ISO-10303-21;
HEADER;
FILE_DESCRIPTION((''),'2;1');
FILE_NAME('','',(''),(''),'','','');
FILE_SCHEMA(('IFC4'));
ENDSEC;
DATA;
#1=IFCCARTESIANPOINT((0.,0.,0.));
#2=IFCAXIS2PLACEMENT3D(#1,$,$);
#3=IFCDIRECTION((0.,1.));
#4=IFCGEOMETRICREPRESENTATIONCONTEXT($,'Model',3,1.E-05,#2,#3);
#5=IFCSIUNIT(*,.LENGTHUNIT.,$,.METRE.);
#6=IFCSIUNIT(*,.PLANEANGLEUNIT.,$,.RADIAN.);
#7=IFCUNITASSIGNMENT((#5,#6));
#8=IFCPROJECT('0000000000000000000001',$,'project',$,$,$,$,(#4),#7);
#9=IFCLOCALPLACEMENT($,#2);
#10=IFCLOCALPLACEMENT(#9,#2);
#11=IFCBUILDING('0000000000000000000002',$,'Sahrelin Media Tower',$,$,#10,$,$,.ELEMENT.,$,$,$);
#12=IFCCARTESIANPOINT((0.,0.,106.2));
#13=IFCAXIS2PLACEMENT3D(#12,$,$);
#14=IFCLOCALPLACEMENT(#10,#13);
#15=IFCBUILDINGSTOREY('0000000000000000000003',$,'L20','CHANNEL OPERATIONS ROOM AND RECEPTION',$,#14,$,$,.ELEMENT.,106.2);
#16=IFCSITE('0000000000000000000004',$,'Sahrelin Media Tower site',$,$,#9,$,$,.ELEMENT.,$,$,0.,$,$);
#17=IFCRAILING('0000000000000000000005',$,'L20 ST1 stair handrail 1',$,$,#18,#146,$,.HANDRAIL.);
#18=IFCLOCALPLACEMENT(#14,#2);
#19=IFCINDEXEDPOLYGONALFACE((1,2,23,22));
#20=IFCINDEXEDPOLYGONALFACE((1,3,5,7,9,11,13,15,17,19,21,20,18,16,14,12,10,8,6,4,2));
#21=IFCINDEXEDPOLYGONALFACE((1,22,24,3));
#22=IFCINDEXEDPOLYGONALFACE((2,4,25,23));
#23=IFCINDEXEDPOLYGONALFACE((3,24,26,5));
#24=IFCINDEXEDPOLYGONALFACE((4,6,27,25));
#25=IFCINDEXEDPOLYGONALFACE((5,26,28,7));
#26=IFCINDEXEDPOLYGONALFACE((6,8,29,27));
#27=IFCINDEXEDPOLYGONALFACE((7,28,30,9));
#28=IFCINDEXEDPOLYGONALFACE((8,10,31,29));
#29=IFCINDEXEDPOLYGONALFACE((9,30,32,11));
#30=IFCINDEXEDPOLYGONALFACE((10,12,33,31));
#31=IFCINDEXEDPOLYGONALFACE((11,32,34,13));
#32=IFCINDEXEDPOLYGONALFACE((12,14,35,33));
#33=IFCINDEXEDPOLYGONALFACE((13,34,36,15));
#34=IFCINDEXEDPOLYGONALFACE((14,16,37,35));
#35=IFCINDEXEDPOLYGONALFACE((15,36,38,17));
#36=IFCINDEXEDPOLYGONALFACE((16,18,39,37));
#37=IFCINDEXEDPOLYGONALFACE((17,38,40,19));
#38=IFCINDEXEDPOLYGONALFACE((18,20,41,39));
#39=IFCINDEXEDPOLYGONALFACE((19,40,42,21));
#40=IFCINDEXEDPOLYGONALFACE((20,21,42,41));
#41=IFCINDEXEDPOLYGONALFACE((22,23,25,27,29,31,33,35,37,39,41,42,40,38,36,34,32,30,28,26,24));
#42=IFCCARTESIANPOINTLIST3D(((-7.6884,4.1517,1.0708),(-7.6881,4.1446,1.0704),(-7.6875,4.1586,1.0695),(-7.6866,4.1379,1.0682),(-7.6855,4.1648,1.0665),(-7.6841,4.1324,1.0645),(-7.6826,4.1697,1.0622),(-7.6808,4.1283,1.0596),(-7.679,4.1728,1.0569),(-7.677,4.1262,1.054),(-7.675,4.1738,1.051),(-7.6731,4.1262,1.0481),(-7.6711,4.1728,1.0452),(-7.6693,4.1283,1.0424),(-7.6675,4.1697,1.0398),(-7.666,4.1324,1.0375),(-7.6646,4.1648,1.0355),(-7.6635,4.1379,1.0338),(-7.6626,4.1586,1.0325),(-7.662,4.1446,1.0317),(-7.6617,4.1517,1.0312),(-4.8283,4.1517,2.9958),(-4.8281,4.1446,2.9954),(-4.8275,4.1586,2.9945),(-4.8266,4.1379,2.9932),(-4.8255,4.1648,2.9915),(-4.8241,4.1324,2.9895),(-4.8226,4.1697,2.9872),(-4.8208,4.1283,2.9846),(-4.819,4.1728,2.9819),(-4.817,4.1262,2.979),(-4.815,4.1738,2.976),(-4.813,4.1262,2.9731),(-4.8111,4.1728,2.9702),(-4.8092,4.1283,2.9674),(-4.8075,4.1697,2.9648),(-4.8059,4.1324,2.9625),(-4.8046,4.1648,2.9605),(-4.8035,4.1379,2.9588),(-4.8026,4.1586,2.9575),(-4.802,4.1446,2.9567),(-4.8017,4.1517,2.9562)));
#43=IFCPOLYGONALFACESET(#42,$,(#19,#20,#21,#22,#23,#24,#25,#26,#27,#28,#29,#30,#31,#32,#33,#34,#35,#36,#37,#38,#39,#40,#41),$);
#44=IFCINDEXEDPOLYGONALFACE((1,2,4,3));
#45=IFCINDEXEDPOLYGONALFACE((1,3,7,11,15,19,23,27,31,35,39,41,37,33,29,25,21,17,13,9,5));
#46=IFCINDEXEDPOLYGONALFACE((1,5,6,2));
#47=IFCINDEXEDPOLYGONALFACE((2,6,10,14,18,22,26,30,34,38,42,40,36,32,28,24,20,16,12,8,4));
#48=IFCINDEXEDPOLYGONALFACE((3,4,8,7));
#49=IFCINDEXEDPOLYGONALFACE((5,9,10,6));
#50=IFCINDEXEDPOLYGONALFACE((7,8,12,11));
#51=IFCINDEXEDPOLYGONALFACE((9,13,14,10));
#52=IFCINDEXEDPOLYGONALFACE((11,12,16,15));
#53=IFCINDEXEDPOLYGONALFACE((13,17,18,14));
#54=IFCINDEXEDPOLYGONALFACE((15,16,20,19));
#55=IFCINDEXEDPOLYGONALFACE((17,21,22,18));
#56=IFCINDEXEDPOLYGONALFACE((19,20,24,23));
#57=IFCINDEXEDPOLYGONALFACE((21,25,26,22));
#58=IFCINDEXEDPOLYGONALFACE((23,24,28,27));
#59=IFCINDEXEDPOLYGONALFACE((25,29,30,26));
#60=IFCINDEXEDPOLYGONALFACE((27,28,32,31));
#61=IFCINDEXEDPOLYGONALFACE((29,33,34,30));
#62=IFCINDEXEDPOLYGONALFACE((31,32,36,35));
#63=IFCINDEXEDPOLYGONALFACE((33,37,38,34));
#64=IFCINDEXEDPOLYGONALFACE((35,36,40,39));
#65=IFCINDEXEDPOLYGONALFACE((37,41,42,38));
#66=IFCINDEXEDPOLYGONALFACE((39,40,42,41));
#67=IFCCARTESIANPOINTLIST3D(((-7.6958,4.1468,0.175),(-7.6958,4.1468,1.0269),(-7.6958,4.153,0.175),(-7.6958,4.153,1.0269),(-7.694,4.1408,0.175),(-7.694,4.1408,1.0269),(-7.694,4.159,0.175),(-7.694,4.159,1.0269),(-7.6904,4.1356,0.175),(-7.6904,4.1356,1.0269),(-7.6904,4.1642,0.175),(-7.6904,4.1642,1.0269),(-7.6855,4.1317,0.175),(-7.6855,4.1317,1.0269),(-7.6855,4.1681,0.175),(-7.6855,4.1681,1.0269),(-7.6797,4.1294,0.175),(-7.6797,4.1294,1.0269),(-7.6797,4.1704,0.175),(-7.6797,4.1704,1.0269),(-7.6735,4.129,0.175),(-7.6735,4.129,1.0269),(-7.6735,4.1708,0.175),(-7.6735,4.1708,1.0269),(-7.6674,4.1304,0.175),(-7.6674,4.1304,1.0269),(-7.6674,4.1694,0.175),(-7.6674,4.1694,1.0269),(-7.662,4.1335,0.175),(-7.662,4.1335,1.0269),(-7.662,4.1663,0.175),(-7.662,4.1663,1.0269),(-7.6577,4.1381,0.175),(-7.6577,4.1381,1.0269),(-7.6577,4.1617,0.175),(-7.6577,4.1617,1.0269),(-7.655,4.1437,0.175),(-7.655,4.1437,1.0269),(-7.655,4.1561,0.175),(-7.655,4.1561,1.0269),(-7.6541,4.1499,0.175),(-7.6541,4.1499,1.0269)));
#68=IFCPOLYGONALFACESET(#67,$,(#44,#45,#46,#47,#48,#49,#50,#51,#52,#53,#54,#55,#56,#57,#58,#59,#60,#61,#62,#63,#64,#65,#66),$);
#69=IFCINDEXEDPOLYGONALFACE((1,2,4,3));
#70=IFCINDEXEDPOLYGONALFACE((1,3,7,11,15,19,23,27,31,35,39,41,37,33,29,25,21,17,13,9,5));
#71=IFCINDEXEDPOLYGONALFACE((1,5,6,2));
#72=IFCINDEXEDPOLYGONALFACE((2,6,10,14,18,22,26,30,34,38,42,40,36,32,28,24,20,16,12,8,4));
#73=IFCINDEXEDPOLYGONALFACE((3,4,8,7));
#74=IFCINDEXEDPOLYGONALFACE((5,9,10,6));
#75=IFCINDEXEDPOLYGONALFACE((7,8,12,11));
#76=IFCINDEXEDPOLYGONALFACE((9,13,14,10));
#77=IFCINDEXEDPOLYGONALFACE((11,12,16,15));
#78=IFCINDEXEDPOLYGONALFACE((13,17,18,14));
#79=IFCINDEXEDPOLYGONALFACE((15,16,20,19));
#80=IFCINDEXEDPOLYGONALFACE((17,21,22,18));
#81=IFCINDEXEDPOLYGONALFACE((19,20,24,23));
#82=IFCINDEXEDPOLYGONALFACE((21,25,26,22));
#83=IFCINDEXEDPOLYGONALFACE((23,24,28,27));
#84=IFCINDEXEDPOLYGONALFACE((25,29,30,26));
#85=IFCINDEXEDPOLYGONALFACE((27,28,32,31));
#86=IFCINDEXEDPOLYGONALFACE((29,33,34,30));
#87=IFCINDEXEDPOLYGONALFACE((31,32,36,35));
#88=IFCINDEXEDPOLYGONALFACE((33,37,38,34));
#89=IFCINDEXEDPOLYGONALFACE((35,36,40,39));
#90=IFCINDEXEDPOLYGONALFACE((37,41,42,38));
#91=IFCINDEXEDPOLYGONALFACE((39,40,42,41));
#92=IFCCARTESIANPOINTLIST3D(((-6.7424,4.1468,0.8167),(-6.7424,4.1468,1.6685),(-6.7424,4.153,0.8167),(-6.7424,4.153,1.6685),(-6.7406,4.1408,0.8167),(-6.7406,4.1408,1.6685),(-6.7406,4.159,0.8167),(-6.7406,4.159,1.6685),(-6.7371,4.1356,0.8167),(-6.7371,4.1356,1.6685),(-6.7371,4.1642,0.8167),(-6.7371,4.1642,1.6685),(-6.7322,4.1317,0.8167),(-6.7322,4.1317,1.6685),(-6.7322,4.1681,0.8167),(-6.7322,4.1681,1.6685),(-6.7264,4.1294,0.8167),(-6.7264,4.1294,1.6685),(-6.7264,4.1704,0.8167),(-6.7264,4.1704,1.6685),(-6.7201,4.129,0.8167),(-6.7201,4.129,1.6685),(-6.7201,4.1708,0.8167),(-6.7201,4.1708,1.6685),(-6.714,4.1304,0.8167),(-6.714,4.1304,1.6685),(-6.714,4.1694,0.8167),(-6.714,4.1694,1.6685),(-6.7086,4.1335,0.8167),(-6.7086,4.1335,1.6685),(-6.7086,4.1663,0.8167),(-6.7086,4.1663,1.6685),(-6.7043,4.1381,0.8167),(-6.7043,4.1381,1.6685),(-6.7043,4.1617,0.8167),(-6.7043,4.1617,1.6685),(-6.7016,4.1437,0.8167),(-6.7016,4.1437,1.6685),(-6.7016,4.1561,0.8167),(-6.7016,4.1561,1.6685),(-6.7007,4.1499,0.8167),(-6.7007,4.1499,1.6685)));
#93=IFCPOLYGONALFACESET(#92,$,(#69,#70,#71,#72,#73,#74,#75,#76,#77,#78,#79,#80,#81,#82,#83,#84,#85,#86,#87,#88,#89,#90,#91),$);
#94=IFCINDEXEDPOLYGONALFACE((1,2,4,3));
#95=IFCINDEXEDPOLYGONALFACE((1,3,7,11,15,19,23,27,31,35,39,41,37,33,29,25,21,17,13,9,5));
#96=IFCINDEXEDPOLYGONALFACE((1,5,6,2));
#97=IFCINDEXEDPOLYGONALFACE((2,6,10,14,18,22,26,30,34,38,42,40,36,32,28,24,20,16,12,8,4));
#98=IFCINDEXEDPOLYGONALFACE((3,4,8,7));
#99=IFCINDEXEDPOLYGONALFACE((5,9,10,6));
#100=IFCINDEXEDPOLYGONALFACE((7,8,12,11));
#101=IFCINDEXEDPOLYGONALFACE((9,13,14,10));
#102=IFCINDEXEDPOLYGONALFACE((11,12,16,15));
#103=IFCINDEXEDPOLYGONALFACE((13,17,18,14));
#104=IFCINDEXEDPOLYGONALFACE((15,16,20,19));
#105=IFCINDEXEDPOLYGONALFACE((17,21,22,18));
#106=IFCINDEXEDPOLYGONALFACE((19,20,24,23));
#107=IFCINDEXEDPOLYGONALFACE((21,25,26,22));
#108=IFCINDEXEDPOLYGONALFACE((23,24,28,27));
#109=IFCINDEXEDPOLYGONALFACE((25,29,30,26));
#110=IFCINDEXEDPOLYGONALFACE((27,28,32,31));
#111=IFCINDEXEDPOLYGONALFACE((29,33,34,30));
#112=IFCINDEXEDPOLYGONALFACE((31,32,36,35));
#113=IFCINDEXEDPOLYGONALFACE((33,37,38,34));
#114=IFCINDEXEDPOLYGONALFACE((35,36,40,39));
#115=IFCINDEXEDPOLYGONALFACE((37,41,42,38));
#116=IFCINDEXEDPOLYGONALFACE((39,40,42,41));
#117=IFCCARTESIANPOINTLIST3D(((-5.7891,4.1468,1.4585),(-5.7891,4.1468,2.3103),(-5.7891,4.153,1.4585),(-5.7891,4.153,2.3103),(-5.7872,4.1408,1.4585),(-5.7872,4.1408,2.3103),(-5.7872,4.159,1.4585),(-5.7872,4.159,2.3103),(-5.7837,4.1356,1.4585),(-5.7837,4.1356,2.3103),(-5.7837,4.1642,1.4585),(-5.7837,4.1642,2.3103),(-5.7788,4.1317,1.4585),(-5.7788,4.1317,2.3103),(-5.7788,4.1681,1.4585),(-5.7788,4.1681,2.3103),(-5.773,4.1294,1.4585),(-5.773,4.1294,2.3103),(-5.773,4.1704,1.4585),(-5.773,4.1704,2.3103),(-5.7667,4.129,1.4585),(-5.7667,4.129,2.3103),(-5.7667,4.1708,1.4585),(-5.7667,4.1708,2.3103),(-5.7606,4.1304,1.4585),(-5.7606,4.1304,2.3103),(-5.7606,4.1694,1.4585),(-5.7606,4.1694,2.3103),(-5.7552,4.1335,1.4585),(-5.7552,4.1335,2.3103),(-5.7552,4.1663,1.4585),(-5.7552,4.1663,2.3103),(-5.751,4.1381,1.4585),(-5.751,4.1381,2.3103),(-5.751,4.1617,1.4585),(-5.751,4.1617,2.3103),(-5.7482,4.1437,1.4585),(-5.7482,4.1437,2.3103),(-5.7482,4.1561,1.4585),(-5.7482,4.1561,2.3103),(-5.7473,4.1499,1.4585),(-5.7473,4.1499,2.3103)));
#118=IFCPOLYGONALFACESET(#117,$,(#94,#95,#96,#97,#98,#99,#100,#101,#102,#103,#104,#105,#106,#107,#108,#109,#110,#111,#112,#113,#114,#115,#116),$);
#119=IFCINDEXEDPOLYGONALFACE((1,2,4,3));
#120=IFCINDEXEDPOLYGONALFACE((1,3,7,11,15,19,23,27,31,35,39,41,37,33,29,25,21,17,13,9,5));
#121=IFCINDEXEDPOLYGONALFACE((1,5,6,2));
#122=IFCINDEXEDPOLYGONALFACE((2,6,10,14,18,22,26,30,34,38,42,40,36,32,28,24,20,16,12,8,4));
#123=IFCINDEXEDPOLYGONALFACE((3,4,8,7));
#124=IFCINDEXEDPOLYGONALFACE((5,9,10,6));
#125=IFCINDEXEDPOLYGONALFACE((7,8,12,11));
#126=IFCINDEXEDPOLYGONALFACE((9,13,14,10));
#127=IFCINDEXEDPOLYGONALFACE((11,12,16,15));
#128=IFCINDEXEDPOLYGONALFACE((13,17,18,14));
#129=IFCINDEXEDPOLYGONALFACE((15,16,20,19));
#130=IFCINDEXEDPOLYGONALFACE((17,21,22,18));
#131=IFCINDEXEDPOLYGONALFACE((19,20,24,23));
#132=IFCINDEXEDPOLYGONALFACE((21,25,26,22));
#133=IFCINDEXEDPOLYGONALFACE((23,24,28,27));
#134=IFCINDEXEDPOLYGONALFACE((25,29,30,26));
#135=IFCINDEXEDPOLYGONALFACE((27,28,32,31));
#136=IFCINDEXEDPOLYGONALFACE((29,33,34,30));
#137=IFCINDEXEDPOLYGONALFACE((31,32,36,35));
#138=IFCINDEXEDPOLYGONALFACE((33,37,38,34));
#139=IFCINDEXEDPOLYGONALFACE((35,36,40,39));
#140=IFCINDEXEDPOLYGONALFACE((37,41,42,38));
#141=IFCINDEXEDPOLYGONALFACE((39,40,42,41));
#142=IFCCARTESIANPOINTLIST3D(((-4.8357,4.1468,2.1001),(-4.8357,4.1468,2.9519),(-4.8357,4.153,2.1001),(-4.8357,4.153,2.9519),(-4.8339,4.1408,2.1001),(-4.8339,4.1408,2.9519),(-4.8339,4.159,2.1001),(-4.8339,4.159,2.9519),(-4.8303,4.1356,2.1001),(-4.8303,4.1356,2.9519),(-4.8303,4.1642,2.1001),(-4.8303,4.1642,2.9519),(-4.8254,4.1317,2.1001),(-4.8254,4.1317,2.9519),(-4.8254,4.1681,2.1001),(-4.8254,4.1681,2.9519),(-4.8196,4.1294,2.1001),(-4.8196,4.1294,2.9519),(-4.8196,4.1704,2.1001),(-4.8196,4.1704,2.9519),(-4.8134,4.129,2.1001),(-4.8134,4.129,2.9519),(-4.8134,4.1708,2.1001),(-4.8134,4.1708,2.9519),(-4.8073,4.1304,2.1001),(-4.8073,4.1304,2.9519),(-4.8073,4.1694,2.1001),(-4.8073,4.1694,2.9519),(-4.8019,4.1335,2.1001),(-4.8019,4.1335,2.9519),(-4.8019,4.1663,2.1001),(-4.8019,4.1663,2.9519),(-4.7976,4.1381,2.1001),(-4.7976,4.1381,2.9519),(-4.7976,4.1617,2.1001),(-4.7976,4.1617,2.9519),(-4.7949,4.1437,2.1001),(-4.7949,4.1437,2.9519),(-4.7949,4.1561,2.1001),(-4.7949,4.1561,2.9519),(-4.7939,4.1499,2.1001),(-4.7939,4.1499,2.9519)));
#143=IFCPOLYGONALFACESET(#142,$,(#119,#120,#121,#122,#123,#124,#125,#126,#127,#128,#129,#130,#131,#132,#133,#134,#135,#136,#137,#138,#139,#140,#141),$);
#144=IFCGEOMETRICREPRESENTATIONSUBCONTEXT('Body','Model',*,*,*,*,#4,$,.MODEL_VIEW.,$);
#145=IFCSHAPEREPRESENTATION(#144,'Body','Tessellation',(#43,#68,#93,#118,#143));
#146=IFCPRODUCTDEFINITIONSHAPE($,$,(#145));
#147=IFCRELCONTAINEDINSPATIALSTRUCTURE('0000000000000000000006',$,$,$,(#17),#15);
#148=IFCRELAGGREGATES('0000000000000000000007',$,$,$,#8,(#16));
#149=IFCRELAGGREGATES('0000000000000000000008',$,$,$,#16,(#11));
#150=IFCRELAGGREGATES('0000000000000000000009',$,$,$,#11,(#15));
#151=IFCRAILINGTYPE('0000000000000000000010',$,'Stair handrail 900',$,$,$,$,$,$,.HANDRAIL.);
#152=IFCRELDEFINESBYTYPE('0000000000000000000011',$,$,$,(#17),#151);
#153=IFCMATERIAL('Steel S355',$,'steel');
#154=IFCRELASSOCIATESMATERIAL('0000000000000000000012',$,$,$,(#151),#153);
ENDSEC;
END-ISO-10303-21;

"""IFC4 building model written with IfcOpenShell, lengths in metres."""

from ifc_helpers import new_model, si_unit, direction, frame, origin, origin_2d, place, context, subcontext, project, spatial, circle, extrude, material, type_object, element, save


model = new_model("IFC4")

# Units and contexts
model_context = context("Model", 3, precision=1e-05, world=origin(), true_north=direction((0.0, 1.0)))
body_context = subcontext(model_context, "Body", "Model", "MODEL_VIEW")
ifc_project = project(units=[si_unit("LENGTHUNIT", "METRE"), si_unit("PLANEANGLEUNIT", "RADIAN")], contexts=[model_context])

# Site, building, storey
site_placement = place(None, origin())
site = spatial("IfcSite", under=ifc_project, at=site_placement, Name="Sahrelin Media Tower site", CompositionType="ELEMENT", RefElevation=0.0)
building_placement = place(site_placement, origin())
building = spatial("IfcBuilding", under=site, at=building_placement, Name="Sahrelin Media Tower", CompositionType="ELEMENT")
storey_placement = place(building_placement, frame((0.0, 0.0, 106.2)))
storey = spatial("IfcBuildingStorey", under=building, at=storey_placement, Name="L20", Description="CHANNEL OPERATIONS ROOM AND RECEPTION", CompositionType="ELEMENT", Elevation=106.2)

# Shared definitions
ifc_material_1 = material(Name="Steel S355", Category="steel")

# Railing
railing_type_1 = type_object("IfcRailingType", Name="Stair handrail 900", PredefinedType="HANDRAIL", material=ifc_material_1)
railing_1_placement = place(storey_placement, frame((-7.675, 4.1499, 0.175)))
element("IfcRailing", 1, at=railing_1_placement, inside=storey, type_object=railing_type_1, Name="L20 ST1 stair handrail 1", PredefinedType="HANDRAIL", context=body_context, shape_type="SweptSolid", body=[
    extrude(circle(Radius=0.0239, at=origin_2d()), frame((0.0, 0.0, 0.876), z_axis=(0.829591, 0.0, 0.558372), x_axis=(0.0, 1.0, 0.0)), (0.0, 0.0, 1.0), 3.4475),
    extrude(circle(Radius=0.021, at=origin_2d()), origin(), (0.0, 0.0, 1.0), 0.8518),
    extrude(circle(Radius=0.021, at=origin_2d()), frame((0.9534, 0.0, 0.6416)), (0.0, 0.0, 1.0), 0.8518),
    extrude(circle(Radius=0.021, at=origin_2d()), frame((1.9067, 0.0, 1.2834)), (0.0, 0.0, 1.0), 0.8518),
    extrude(circle(Radius=0.021, at=origin_2d()), frame((2.8601, 0.0, 1.925)), (0.0, 0.0, 1.0), 0.8518),
])

save(model, "model.ifc")
